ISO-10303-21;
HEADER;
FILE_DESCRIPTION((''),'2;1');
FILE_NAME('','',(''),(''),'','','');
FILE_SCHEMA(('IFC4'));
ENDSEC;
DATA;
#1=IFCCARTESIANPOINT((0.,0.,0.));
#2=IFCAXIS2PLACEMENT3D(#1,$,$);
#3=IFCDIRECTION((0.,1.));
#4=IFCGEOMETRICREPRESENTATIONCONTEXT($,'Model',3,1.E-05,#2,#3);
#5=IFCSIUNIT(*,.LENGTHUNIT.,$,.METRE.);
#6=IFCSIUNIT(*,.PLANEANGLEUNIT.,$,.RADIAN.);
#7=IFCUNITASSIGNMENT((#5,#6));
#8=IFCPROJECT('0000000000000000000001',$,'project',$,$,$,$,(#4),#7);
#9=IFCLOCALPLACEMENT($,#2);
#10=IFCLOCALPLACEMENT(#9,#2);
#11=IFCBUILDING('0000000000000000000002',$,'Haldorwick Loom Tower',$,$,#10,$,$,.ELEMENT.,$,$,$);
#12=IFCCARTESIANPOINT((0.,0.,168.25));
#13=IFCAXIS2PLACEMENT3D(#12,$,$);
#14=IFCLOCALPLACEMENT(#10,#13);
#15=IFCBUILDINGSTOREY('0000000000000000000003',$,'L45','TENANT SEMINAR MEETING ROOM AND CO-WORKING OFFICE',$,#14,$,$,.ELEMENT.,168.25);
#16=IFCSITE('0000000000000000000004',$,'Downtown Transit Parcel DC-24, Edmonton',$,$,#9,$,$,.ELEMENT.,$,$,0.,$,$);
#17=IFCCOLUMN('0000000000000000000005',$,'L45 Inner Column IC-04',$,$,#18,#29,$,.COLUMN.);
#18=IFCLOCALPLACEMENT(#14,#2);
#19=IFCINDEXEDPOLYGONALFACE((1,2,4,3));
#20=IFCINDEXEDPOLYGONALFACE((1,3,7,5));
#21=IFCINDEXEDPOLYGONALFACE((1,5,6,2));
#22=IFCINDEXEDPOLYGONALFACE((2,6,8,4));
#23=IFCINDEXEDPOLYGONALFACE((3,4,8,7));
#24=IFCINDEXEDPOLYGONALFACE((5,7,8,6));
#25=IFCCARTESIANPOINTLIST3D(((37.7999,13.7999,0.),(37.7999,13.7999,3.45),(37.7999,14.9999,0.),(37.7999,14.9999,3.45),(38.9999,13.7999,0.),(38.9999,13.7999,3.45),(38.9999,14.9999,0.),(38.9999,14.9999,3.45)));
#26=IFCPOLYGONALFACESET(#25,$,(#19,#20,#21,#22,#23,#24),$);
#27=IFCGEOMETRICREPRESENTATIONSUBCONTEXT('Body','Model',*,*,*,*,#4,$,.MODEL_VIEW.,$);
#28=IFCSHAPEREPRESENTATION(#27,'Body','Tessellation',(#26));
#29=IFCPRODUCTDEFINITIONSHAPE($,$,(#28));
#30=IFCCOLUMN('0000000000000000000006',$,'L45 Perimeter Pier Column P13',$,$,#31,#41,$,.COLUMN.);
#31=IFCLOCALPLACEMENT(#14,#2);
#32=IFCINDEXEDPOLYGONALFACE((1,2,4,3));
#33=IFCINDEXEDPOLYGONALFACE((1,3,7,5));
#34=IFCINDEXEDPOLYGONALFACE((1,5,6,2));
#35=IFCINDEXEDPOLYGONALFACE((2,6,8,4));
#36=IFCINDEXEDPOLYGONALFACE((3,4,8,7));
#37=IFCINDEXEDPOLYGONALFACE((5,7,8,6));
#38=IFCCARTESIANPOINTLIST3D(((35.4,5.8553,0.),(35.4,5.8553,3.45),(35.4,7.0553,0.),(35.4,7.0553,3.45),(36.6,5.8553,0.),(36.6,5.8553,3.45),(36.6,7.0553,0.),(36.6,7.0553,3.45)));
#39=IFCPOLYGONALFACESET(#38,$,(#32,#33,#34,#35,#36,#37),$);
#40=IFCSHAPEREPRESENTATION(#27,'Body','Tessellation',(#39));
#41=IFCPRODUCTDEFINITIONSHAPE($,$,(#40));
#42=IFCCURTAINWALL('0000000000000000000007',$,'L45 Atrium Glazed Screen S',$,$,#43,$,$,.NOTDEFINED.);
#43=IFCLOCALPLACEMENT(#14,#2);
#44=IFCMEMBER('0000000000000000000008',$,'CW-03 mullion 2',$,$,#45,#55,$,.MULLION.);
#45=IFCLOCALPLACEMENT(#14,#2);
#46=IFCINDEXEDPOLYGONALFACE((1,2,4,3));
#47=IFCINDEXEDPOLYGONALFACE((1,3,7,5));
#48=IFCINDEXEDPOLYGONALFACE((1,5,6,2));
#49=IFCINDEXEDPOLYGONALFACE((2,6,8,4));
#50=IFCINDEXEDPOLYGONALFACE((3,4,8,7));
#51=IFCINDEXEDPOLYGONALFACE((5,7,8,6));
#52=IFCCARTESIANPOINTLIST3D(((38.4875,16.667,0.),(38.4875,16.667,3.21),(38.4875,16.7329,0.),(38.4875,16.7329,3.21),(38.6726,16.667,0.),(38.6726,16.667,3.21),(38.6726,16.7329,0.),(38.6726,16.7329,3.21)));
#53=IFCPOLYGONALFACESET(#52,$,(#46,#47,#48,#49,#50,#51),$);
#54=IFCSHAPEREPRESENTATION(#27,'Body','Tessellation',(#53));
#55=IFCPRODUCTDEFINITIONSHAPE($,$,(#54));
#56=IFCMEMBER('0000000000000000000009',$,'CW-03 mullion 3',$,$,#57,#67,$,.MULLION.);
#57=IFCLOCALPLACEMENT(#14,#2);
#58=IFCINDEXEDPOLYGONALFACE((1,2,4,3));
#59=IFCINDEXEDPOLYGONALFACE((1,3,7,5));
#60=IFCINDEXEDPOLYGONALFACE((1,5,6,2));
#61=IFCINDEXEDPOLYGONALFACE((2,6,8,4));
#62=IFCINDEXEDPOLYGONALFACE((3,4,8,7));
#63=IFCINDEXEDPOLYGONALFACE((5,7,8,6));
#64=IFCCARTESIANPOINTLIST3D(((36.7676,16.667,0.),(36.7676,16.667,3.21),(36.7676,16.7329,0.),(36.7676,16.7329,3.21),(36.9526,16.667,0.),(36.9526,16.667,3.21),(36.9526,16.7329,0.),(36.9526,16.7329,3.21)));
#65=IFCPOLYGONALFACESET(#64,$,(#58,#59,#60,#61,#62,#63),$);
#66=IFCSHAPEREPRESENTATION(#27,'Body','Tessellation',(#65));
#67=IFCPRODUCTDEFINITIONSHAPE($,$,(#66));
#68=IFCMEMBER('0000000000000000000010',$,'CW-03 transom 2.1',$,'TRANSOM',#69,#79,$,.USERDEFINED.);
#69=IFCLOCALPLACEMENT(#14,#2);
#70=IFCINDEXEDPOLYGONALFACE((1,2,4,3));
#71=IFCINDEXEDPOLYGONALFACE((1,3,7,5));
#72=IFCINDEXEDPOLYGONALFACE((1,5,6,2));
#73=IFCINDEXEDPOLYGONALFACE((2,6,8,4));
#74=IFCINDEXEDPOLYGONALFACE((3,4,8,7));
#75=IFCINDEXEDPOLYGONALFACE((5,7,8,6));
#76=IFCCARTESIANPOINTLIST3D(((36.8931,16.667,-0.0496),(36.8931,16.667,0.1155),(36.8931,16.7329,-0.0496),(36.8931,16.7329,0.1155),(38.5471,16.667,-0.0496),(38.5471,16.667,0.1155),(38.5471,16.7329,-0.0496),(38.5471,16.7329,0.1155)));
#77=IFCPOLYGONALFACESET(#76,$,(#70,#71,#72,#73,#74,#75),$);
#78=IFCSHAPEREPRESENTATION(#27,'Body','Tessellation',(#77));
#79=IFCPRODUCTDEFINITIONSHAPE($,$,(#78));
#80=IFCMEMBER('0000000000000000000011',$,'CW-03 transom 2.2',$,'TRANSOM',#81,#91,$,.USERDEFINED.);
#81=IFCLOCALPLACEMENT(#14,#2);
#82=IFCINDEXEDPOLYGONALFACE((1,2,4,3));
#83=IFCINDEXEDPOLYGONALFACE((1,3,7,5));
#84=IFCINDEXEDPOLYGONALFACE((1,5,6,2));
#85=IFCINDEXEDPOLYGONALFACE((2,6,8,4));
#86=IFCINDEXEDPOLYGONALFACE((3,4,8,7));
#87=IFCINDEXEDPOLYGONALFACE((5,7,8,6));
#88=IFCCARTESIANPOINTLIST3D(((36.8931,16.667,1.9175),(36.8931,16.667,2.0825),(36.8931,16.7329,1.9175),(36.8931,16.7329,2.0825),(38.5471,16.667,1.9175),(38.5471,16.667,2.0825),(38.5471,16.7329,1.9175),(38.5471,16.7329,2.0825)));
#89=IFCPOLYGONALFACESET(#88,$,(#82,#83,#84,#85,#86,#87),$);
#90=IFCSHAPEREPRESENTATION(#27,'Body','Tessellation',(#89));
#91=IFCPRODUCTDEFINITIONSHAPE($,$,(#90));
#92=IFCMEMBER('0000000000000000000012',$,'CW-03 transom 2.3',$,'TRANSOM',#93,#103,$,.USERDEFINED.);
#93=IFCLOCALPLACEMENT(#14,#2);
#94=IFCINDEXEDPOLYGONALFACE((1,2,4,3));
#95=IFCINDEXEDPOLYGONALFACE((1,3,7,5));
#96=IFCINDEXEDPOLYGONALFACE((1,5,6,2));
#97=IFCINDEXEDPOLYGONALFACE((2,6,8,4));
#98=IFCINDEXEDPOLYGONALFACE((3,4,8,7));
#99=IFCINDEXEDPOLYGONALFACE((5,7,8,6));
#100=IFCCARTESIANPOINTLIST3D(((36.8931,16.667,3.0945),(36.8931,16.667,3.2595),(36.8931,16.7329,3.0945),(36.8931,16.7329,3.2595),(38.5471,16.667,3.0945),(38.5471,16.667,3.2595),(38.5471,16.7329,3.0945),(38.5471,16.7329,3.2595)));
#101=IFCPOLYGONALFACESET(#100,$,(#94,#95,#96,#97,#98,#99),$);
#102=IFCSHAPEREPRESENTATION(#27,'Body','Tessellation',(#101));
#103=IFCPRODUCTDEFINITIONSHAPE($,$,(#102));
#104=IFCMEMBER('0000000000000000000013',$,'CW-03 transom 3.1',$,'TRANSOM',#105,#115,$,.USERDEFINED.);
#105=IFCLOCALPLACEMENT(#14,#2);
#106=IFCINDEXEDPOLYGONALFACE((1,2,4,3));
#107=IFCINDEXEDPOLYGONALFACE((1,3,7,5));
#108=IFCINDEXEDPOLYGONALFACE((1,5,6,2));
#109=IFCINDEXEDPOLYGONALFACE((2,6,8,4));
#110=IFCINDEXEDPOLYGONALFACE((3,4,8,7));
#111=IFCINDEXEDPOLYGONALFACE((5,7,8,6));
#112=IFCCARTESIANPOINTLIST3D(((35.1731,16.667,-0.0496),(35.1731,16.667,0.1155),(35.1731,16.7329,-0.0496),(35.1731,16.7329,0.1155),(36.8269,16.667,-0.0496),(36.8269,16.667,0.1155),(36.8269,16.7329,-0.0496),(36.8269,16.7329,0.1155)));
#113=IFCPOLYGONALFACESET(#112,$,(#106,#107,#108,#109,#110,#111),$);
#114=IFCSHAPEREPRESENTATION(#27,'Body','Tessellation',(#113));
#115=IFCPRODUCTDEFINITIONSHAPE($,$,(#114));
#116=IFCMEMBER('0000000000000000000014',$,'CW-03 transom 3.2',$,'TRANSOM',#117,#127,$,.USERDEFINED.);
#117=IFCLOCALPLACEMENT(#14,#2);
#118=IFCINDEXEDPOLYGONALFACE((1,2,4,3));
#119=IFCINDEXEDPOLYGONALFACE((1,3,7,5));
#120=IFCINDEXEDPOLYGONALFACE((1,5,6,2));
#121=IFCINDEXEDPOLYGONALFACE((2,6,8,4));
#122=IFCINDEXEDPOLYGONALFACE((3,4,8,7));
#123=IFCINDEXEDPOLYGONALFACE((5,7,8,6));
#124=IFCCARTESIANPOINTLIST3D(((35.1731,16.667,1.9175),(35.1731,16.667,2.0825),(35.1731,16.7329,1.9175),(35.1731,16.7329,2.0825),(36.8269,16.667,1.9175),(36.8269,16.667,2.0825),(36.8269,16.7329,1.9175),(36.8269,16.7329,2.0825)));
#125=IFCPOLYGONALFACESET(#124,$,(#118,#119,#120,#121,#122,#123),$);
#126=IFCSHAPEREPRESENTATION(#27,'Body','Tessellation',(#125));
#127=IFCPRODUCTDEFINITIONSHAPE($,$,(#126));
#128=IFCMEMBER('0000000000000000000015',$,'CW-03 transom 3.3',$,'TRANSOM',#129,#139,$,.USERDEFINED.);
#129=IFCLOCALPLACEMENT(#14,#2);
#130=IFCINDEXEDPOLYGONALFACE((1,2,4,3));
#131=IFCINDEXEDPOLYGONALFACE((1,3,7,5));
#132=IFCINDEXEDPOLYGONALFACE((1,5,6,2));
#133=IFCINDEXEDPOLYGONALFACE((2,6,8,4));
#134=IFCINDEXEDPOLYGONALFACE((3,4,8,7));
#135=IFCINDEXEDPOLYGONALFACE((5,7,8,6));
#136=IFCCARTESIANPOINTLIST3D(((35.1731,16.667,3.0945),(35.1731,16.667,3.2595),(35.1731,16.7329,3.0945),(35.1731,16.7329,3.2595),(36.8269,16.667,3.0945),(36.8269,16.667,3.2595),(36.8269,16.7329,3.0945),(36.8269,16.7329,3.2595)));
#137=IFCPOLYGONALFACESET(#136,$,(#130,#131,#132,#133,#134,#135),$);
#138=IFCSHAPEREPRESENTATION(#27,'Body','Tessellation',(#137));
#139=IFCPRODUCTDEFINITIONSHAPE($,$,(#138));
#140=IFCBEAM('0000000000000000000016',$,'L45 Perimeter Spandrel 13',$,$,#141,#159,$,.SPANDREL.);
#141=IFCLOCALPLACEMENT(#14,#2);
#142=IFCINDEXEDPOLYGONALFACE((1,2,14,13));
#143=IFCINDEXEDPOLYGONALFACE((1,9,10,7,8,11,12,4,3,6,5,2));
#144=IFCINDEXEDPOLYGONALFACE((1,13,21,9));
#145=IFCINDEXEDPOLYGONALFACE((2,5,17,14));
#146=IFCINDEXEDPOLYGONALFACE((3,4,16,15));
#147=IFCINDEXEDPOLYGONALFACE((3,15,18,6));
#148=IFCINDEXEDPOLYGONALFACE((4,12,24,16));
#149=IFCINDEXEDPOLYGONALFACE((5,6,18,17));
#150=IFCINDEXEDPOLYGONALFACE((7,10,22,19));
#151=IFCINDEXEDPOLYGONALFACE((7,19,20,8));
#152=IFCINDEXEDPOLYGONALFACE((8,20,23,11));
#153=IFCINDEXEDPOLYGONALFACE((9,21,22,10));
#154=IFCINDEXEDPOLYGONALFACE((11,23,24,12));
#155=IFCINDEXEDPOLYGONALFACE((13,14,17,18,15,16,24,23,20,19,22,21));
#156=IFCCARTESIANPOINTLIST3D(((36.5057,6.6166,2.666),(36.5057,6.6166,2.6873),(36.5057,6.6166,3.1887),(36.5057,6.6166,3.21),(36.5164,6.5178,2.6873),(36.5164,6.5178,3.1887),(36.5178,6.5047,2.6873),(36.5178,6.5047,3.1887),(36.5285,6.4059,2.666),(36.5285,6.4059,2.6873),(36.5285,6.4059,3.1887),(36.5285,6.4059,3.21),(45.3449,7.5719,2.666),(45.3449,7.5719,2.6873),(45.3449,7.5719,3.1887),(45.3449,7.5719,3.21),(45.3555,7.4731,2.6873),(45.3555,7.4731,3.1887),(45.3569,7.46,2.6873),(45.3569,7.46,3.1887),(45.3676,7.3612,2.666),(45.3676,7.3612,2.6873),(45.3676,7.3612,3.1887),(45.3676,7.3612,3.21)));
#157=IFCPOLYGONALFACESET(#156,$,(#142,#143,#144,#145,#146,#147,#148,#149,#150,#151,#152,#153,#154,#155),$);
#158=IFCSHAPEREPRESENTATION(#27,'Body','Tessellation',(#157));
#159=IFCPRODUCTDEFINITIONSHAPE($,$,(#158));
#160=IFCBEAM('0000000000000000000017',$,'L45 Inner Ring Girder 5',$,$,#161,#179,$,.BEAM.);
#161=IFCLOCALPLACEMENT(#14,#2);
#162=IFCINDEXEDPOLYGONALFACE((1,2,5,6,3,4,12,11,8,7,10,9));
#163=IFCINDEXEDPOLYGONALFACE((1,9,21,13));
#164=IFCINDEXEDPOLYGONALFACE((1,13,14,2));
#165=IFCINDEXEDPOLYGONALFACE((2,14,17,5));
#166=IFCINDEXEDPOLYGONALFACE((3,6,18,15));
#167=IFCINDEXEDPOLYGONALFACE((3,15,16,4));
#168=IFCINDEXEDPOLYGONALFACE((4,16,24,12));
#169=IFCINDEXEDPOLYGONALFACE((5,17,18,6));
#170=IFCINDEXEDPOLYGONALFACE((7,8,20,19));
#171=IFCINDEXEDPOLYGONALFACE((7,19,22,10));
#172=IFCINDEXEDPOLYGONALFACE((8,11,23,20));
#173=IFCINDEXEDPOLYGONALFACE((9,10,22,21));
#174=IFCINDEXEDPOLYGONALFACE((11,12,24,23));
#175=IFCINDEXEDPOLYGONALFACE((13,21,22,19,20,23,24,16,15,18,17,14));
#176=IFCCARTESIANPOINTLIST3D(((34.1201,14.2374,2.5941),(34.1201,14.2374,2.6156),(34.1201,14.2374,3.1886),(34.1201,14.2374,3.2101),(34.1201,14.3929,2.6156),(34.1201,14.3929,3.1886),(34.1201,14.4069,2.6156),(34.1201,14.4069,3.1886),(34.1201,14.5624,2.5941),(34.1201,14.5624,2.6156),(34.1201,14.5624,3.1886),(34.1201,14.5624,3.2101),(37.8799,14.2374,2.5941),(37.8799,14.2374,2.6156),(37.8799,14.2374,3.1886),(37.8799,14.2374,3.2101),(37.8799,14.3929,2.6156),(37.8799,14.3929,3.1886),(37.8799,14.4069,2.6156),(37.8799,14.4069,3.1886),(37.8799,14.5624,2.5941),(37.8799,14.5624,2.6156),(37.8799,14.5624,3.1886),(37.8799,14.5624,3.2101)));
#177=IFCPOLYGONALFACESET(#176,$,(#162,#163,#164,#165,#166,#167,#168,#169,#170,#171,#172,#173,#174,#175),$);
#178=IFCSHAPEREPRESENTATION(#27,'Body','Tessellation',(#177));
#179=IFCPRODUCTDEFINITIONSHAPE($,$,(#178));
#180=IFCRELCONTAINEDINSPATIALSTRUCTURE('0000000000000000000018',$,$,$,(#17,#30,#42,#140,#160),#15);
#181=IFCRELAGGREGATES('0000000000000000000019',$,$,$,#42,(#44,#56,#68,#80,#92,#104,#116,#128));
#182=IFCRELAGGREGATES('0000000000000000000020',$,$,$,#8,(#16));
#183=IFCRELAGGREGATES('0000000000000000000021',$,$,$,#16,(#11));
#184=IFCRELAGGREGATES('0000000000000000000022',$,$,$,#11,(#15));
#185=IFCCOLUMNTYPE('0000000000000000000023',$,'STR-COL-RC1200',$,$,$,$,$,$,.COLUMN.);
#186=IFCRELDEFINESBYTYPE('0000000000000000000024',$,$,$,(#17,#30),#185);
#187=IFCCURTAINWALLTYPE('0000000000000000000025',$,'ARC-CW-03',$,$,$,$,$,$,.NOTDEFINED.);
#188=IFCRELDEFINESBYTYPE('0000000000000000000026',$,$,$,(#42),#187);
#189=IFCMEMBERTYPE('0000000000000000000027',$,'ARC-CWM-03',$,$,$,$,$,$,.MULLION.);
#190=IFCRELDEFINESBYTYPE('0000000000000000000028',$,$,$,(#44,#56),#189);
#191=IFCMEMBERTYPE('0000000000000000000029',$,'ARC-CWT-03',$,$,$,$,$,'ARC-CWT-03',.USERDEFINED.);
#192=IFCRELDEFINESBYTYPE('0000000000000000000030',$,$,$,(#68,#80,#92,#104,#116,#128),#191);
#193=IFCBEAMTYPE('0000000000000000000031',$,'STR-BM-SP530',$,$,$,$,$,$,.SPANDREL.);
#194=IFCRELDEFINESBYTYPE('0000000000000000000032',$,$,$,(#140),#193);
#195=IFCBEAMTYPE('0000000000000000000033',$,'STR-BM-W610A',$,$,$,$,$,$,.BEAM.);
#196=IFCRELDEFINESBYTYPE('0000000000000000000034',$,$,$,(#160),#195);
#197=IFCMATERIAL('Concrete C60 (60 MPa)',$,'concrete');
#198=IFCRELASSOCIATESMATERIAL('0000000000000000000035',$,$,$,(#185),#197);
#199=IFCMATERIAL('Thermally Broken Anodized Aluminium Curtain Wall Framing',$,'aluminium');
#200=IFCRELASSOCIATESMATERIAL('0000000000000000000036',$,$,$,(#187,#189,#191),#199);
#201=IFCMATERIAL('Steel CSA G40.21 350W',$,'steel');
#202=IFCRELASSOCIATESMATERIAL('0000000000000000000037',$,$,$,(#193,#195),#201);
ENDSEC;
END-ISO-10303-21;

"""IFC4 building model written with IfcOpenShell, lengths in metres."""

from ifc_helpers import new_model, si_unit, direction, frame, origin, origin_2d, place, context, subcontext, project, spatial, rectangle, i_section, extrude, material, material_profile, profile_set, type_object, element, aggregate, save


model = new_model("IFC4")

# Units and contexts
model_context = context("Model", 3, precision=1e-05, world=origin(), true_north=direction((0.0, 1.0)))
body_context = subcontext(model_context, "Body", "Model", "MODEL_VIEW")
ifc_project = project(units=[si_unit("LENGTHUNIT", "METRE"), si_unit("PLANEANGLEUNIT", "RADIAN")], contexts=[model_context])

# Site, building, storey
site_placement = place(None, origin())
site = spatial("IfcSite", under=ifc_project, at=site_placement, Name="Downtown Transit Parcel DC-24, Edmonton", CompositionType="ELEMENT", RefElevation=0.0)
building_placement = place(site_placement, origin())
building = spatial("IfcBuilding", under=site, at=building_placement, Name="Haldorwick Loom Tower", CompositionType="ELEMENT")
storey_placement = place(building_placement, frame((0.0, 0.0, 168.25)))
storey = spatial("IfcBuildingStorey", under=building, at=storey_placement, Name="L45", Description="TENANT SEMINAR MEETING ROOM AND CO-WORKING OFFICE", CompositionType="ELEMENT", Elevation=168.25)

# Columns
ifc_material_1 = material(Name="Concrete C60 (60 MPa)", Category="concrete")
ifc_material_profile_1 = material_profile(ifc_material_1, rectangle(XDim=1.2, YDim=1.2, at=origin_2d()), Name="RC1200X1200", Category="concrete")
ifc_profile_set_1 = profile_set([ifc_material_profile_1], Name="Concrete C60 (60 MPa)")
column_type = type_object("IfcColumnType", Name="STR-COL-RC1200", PredefinedType="COLUMN", material=ifc_profile_set_1)
for number, where, z_axis, x_axis, name in (
    (1, (38.3999, 14.3999, 0.0), (0.0, 0.0, 1.0), (1.0, 0.0, 0.0), "L45 Inner Column IC-04"),
    (2, (36.0, 6.4553, 0.0), (0.0, 0.0, 1.0), (0.0, -1.0, 0.0), "L45 Perimeter Pier Column P13"),
):
    element("IfcColumn", number, at=place(storey_placement, frame(where, z_axis=z_axis, x_axis=x_axis)), inside=storey, type_object=column_type, Name=name, PredefinedType="COLUMN", context=body_context, shape_type="SweptSolid", body=[
        extrude(rectangle(XDim=1.2, YDim=1.2, at=origin_2d()), origin(), (0.0, 0.0, 1.0), 3.45),
    ])

# Curtain wall, members
ifc_material_2 = material(Name="Thermally Broken Anodized Aluminium Curtain Wall Framing", Category="aluminium")
curtain_wall_type = type_object("IfcCurtainWallType", Name="ARC-CW-03", PredefinedType="NOTDEFINED", material=ifc_material_2)
curtain_wall_placement = place(storey_placement, origin())
curtain_wall = element("IfcCurtainWall", 3, at=curtain_wall_placement, inside=storey, type_object=curtain_wall_type, Name="L45 Atrium Glazed Screen S", PredefinedType="NOTDEFINED")
ifc_material_profile_2 = material_profile(ifc_material_2, rectangle(XDim=0.0659, YDim=0.1851, at=origin_2d()), Name="ALU_MUL_66X185", Category="aluminium")
ifc_profile_set_2 = profile_set([ifc_material_profile_2], Name="Thermally Broken Anodized Aluminium Curtain Wall Framing")
member_type_1 = type_object("IfcMemberType", Name="ARC-CWM-03", PredefinedType="MULLION", material=ifc_profile_set_2)
member_1_placement = place(storey_placement, frame((38.5801, 16.7, 0.0), z_axis=(0.0, 0.0, 1.0), x_axis=(0.0, -1.0, 0.0)))
member_1 = element("IfcMember", 4, at=member_1_placement, type_object=member_type_1, Name="CW-03 mullion 2", PredefinedType="MULLION", context=body_context, shape_type="SweptSolid", body=[
    extrude(rectangle(XDim=0.0659, YDim=0.1851, at=origin_2d()), origin(), (0.0, 0.0, 1.0), 3.21),
])
member_2_placement = place(storey_placement, frame((36.8601, 16.7, 0.0), z_axis=(0.0, 0.0, 1.0), x_axis=(0.0, -1.0, 0.0)))
member_2 = element("IfcMember", 5, at=member_2_placement, type_object=member_type_1, Name="CW-03 mullion 3", PredefinedType="MULLION", context=body_context, shape_type="SweptSolid", body=[
    extrude(rectangle(XDim=0.0659, YDim=0.1851, at=origin_2d()), origin(), (0.0, 0.0, 1.0), 3.21),
])
ifc_material_profile_3 = material_profile(ifc_material_2, rectangle(XDim=0.0659, YDim=0.165, at=origin_2d()), Name="ALU_TRN_66X165", Category="aluminium")
ifc_profile_set_3 = profile_set([ifc_material_profile_3], Name="Thermally Broken Anodized Aluminium Curtain Wall Framing")
member_type_2 = type_object("IfcMemberType", Name="ARC-CWT-03", ElementType="ARC-CWT-03", PredefinedType="USERDEFINED", material=ifc_profile_set_3)
member_3_placement = place(storey_placement, frame((38.5471, 16.7, 0.033), z_axis=(-1.0, 0.0, 0.0), x_axis=(0.0, -1.0, 0.0)))
member_3 = element("IfcMember", 6, at=member_3_placement, type_object=member_type_2, Name="CW-03 transom 2.1", ObjectType="TRANSOM", PredefinedType="USERDEFINED", context=body_context, shape_type="SweptSolid", body=[
    extrude(rectangle(XDim=0.0659, YDim=0.165, at=origin_2d()), origin(), (0.0, 0.0, 1.0), 1.6541),
])
member_4_placement = place(storey_placement, frame((38.5471, 16.7, 2.0), z_axis=(-1.0, 0.0, 0.0), x_axis=(0.0, -1.0, 0.0)))
member_4 = element("IfcMember", 7, at=member_4_placement, type_object=member_type_2, Name="CW-03 transom 2.2", ObjectType="TRANSOM", PredefinedType="USERDEFINED", context=body_context, shape_type="SweptSolid", body=[
    extrude(rectangle(XDim=0.0659, YDim=0.165, at=origin_2d()), origin(), (0.0, 0.0, 1.0), 1.6541),
])
member_5_placement = place(storey_placement, frame((38.5471, 16.7, 3.177), z_axis=(-1.0, 0.0, 0.0), x_axis=(0.0, -1.0, 0.0)))
member_5 = element("IfcMember", 8, at=member_5_placement, type_object=member_type_2, Name="CW-03 transom 2.3", ObjectType="TRANSOM", PredefinedType="USERDEFINED", context=body_context, shape_type="SweptSolid", body=[
    extrude(rectangle(XDim=0.0659, YDim=0.165, at=origin_2d()), origin(), (0.0, 0.0, 1.0), 1.6541),
])
member_6_placement = place(storey_placement, frame((36.8269, 16.7, 0.033), z_axis=(-1.0, 0.0, 0.0), x_axis=(0.0, -1.0, 0.0)))
member_6 = element("IfcMember", 9, at=member_6_placement, type_object=member_type_2, Name="CW-03 transom 3.1", ObjectType="TRANSOM", PredefinedType="USERDEFINED", context=body_context, shape_type="SweptSolid", body=[
    extrude(rectangle(XDim=0.0659, YDim=0.165, at=origin_2d()), origin(), (0.0, 0.0, 1.0), 1.6538),
])
member_7_placement = place(storey_placement, frame((36.8269, 16.7, 2.0), z_axis=(-1.0, 0.0, 0.0), x_axis=(0.0, -1.0, 0.0)))
member_7 = element("IfcMember", 10, at=member_7_placement, type_object=member_type_2, Name="CW-03 transom 3.2", ObjectType="TRANSOM", PredefinedType="USERDEFINED", context=body_context, shape_type="SweptSolid", body=[
    extrude(rectangle(XDim=0.0659, YDim=0.165, at=origin_2d()), origin(), (0.0, 0.0, 1.0), 1.6538),
])
member_8_placement = place(storey_placement, frame((36.8269, 16.7, 3.177), z_axis=(-1.0, 0.0, 0.0), x_axis=(0.0, -1.0, 0.0)))
member_8 = element("IfcMember", 11, at=member_8_placement, type_object=member_type_2, Name="CW-03 transom 3.3", ObjectType="TRANSOM", PredefinedType="USERDEFINED", context=body_context, shape_type="SweptSolid", body=[
    extrude(rectangle(XDim=0.0659, YDim=0.165, at=origin_2d()), origin(), (0.0, 0.0, 1.0), 1.6538),
])

# Beams
ifc_material_3 = material(Name="Steel CSA G40.21 350W", Category="steel")
ifc_material_profile_4 = material_profile(ifc_material_3, i_section(OverallWidth=0.2119, OverallDepth=0.5439, WebThickness=0.0132, FlangeThickness=0.0212, at=origin_2d()), Name="W530X123", Category="steel")
ifc_profile_set_4 = profile_set([ifc_material_profile_4], Name="Steel CSA G40.21 350W")
beam_type_1 = type_object("IfcBeamType", Name="STR-BM-SP530", PredefinedType="SPANDREL", material=ifc_profile_set_4)
beam_1_placement = place(storey_placement, frame((36.5171, 6.5112, 2.938), z_axis=(0.99421, 0.107453, 0.0), x_axis=(-0.107453, 0.99421, 0.0)))
element("IfcBeam", 12, at=beam_1_placement, inside=storey, type_object=beam_type_1, Name="L45 Perimeter Spandrel 13", PredefinedType="SPANDREL", context=body_context, shape_type="SweptSolid", body=[
    extrude(i_section(OverallWidth=0.2119, OverallDepth=0.5439, WebThickness=0.0132, FlangeThickness=0.0212, at=origin_2d()), origin(), (0.0, 0.0, 1.0), 8.8906),
])
ifc_material_profile_5 = material_profile(ifc_material_3, i_section(OverallWidth=0.325, OverallDepth=0.616, WebThickness=0.0139, FlangeThickness=0.0215, at=origin_2d()), Name="W610X174", Category="steel")
ifc_profile_set_5 = profile_set([ifc_material_profile_5], Name="Steel CSA G40.21 350W")
beam_type_2 = type_object("IfcBeamType", Name="STR-BM-W610A", PredefinedType="BEAM", material=ifc_profile_set_5)
beam_2_placement = place(storey_placement, frame((37.8799, 14.3999, 2.9021), z_axis=(-1.0, 0.0, 0.0), x_axis=(0.0, -1.0, 0.0)))
element("IfcBeam", 13, at=beam_2_placement, inside=storey, type_object=beam_type_2, Name="L45 Inner Ring Girder 5", PredefinedType="BEAM", context=body_context, shape_type="SweptSolid", body=[
    extrude(i_section(OverallWidth=0.325, OverallDepth=0.616, WebThickness=0.0139, FlangeThickness=0.0215, at=origin_2d()), origin(), (0.0, 0.0, 1.0), 3.7598),
])

aggregate(curtain_wall, [member_1, member_2, member_3, member_4, member_5, member_6, member_7, member_8])

save(model, "model.ifc")
